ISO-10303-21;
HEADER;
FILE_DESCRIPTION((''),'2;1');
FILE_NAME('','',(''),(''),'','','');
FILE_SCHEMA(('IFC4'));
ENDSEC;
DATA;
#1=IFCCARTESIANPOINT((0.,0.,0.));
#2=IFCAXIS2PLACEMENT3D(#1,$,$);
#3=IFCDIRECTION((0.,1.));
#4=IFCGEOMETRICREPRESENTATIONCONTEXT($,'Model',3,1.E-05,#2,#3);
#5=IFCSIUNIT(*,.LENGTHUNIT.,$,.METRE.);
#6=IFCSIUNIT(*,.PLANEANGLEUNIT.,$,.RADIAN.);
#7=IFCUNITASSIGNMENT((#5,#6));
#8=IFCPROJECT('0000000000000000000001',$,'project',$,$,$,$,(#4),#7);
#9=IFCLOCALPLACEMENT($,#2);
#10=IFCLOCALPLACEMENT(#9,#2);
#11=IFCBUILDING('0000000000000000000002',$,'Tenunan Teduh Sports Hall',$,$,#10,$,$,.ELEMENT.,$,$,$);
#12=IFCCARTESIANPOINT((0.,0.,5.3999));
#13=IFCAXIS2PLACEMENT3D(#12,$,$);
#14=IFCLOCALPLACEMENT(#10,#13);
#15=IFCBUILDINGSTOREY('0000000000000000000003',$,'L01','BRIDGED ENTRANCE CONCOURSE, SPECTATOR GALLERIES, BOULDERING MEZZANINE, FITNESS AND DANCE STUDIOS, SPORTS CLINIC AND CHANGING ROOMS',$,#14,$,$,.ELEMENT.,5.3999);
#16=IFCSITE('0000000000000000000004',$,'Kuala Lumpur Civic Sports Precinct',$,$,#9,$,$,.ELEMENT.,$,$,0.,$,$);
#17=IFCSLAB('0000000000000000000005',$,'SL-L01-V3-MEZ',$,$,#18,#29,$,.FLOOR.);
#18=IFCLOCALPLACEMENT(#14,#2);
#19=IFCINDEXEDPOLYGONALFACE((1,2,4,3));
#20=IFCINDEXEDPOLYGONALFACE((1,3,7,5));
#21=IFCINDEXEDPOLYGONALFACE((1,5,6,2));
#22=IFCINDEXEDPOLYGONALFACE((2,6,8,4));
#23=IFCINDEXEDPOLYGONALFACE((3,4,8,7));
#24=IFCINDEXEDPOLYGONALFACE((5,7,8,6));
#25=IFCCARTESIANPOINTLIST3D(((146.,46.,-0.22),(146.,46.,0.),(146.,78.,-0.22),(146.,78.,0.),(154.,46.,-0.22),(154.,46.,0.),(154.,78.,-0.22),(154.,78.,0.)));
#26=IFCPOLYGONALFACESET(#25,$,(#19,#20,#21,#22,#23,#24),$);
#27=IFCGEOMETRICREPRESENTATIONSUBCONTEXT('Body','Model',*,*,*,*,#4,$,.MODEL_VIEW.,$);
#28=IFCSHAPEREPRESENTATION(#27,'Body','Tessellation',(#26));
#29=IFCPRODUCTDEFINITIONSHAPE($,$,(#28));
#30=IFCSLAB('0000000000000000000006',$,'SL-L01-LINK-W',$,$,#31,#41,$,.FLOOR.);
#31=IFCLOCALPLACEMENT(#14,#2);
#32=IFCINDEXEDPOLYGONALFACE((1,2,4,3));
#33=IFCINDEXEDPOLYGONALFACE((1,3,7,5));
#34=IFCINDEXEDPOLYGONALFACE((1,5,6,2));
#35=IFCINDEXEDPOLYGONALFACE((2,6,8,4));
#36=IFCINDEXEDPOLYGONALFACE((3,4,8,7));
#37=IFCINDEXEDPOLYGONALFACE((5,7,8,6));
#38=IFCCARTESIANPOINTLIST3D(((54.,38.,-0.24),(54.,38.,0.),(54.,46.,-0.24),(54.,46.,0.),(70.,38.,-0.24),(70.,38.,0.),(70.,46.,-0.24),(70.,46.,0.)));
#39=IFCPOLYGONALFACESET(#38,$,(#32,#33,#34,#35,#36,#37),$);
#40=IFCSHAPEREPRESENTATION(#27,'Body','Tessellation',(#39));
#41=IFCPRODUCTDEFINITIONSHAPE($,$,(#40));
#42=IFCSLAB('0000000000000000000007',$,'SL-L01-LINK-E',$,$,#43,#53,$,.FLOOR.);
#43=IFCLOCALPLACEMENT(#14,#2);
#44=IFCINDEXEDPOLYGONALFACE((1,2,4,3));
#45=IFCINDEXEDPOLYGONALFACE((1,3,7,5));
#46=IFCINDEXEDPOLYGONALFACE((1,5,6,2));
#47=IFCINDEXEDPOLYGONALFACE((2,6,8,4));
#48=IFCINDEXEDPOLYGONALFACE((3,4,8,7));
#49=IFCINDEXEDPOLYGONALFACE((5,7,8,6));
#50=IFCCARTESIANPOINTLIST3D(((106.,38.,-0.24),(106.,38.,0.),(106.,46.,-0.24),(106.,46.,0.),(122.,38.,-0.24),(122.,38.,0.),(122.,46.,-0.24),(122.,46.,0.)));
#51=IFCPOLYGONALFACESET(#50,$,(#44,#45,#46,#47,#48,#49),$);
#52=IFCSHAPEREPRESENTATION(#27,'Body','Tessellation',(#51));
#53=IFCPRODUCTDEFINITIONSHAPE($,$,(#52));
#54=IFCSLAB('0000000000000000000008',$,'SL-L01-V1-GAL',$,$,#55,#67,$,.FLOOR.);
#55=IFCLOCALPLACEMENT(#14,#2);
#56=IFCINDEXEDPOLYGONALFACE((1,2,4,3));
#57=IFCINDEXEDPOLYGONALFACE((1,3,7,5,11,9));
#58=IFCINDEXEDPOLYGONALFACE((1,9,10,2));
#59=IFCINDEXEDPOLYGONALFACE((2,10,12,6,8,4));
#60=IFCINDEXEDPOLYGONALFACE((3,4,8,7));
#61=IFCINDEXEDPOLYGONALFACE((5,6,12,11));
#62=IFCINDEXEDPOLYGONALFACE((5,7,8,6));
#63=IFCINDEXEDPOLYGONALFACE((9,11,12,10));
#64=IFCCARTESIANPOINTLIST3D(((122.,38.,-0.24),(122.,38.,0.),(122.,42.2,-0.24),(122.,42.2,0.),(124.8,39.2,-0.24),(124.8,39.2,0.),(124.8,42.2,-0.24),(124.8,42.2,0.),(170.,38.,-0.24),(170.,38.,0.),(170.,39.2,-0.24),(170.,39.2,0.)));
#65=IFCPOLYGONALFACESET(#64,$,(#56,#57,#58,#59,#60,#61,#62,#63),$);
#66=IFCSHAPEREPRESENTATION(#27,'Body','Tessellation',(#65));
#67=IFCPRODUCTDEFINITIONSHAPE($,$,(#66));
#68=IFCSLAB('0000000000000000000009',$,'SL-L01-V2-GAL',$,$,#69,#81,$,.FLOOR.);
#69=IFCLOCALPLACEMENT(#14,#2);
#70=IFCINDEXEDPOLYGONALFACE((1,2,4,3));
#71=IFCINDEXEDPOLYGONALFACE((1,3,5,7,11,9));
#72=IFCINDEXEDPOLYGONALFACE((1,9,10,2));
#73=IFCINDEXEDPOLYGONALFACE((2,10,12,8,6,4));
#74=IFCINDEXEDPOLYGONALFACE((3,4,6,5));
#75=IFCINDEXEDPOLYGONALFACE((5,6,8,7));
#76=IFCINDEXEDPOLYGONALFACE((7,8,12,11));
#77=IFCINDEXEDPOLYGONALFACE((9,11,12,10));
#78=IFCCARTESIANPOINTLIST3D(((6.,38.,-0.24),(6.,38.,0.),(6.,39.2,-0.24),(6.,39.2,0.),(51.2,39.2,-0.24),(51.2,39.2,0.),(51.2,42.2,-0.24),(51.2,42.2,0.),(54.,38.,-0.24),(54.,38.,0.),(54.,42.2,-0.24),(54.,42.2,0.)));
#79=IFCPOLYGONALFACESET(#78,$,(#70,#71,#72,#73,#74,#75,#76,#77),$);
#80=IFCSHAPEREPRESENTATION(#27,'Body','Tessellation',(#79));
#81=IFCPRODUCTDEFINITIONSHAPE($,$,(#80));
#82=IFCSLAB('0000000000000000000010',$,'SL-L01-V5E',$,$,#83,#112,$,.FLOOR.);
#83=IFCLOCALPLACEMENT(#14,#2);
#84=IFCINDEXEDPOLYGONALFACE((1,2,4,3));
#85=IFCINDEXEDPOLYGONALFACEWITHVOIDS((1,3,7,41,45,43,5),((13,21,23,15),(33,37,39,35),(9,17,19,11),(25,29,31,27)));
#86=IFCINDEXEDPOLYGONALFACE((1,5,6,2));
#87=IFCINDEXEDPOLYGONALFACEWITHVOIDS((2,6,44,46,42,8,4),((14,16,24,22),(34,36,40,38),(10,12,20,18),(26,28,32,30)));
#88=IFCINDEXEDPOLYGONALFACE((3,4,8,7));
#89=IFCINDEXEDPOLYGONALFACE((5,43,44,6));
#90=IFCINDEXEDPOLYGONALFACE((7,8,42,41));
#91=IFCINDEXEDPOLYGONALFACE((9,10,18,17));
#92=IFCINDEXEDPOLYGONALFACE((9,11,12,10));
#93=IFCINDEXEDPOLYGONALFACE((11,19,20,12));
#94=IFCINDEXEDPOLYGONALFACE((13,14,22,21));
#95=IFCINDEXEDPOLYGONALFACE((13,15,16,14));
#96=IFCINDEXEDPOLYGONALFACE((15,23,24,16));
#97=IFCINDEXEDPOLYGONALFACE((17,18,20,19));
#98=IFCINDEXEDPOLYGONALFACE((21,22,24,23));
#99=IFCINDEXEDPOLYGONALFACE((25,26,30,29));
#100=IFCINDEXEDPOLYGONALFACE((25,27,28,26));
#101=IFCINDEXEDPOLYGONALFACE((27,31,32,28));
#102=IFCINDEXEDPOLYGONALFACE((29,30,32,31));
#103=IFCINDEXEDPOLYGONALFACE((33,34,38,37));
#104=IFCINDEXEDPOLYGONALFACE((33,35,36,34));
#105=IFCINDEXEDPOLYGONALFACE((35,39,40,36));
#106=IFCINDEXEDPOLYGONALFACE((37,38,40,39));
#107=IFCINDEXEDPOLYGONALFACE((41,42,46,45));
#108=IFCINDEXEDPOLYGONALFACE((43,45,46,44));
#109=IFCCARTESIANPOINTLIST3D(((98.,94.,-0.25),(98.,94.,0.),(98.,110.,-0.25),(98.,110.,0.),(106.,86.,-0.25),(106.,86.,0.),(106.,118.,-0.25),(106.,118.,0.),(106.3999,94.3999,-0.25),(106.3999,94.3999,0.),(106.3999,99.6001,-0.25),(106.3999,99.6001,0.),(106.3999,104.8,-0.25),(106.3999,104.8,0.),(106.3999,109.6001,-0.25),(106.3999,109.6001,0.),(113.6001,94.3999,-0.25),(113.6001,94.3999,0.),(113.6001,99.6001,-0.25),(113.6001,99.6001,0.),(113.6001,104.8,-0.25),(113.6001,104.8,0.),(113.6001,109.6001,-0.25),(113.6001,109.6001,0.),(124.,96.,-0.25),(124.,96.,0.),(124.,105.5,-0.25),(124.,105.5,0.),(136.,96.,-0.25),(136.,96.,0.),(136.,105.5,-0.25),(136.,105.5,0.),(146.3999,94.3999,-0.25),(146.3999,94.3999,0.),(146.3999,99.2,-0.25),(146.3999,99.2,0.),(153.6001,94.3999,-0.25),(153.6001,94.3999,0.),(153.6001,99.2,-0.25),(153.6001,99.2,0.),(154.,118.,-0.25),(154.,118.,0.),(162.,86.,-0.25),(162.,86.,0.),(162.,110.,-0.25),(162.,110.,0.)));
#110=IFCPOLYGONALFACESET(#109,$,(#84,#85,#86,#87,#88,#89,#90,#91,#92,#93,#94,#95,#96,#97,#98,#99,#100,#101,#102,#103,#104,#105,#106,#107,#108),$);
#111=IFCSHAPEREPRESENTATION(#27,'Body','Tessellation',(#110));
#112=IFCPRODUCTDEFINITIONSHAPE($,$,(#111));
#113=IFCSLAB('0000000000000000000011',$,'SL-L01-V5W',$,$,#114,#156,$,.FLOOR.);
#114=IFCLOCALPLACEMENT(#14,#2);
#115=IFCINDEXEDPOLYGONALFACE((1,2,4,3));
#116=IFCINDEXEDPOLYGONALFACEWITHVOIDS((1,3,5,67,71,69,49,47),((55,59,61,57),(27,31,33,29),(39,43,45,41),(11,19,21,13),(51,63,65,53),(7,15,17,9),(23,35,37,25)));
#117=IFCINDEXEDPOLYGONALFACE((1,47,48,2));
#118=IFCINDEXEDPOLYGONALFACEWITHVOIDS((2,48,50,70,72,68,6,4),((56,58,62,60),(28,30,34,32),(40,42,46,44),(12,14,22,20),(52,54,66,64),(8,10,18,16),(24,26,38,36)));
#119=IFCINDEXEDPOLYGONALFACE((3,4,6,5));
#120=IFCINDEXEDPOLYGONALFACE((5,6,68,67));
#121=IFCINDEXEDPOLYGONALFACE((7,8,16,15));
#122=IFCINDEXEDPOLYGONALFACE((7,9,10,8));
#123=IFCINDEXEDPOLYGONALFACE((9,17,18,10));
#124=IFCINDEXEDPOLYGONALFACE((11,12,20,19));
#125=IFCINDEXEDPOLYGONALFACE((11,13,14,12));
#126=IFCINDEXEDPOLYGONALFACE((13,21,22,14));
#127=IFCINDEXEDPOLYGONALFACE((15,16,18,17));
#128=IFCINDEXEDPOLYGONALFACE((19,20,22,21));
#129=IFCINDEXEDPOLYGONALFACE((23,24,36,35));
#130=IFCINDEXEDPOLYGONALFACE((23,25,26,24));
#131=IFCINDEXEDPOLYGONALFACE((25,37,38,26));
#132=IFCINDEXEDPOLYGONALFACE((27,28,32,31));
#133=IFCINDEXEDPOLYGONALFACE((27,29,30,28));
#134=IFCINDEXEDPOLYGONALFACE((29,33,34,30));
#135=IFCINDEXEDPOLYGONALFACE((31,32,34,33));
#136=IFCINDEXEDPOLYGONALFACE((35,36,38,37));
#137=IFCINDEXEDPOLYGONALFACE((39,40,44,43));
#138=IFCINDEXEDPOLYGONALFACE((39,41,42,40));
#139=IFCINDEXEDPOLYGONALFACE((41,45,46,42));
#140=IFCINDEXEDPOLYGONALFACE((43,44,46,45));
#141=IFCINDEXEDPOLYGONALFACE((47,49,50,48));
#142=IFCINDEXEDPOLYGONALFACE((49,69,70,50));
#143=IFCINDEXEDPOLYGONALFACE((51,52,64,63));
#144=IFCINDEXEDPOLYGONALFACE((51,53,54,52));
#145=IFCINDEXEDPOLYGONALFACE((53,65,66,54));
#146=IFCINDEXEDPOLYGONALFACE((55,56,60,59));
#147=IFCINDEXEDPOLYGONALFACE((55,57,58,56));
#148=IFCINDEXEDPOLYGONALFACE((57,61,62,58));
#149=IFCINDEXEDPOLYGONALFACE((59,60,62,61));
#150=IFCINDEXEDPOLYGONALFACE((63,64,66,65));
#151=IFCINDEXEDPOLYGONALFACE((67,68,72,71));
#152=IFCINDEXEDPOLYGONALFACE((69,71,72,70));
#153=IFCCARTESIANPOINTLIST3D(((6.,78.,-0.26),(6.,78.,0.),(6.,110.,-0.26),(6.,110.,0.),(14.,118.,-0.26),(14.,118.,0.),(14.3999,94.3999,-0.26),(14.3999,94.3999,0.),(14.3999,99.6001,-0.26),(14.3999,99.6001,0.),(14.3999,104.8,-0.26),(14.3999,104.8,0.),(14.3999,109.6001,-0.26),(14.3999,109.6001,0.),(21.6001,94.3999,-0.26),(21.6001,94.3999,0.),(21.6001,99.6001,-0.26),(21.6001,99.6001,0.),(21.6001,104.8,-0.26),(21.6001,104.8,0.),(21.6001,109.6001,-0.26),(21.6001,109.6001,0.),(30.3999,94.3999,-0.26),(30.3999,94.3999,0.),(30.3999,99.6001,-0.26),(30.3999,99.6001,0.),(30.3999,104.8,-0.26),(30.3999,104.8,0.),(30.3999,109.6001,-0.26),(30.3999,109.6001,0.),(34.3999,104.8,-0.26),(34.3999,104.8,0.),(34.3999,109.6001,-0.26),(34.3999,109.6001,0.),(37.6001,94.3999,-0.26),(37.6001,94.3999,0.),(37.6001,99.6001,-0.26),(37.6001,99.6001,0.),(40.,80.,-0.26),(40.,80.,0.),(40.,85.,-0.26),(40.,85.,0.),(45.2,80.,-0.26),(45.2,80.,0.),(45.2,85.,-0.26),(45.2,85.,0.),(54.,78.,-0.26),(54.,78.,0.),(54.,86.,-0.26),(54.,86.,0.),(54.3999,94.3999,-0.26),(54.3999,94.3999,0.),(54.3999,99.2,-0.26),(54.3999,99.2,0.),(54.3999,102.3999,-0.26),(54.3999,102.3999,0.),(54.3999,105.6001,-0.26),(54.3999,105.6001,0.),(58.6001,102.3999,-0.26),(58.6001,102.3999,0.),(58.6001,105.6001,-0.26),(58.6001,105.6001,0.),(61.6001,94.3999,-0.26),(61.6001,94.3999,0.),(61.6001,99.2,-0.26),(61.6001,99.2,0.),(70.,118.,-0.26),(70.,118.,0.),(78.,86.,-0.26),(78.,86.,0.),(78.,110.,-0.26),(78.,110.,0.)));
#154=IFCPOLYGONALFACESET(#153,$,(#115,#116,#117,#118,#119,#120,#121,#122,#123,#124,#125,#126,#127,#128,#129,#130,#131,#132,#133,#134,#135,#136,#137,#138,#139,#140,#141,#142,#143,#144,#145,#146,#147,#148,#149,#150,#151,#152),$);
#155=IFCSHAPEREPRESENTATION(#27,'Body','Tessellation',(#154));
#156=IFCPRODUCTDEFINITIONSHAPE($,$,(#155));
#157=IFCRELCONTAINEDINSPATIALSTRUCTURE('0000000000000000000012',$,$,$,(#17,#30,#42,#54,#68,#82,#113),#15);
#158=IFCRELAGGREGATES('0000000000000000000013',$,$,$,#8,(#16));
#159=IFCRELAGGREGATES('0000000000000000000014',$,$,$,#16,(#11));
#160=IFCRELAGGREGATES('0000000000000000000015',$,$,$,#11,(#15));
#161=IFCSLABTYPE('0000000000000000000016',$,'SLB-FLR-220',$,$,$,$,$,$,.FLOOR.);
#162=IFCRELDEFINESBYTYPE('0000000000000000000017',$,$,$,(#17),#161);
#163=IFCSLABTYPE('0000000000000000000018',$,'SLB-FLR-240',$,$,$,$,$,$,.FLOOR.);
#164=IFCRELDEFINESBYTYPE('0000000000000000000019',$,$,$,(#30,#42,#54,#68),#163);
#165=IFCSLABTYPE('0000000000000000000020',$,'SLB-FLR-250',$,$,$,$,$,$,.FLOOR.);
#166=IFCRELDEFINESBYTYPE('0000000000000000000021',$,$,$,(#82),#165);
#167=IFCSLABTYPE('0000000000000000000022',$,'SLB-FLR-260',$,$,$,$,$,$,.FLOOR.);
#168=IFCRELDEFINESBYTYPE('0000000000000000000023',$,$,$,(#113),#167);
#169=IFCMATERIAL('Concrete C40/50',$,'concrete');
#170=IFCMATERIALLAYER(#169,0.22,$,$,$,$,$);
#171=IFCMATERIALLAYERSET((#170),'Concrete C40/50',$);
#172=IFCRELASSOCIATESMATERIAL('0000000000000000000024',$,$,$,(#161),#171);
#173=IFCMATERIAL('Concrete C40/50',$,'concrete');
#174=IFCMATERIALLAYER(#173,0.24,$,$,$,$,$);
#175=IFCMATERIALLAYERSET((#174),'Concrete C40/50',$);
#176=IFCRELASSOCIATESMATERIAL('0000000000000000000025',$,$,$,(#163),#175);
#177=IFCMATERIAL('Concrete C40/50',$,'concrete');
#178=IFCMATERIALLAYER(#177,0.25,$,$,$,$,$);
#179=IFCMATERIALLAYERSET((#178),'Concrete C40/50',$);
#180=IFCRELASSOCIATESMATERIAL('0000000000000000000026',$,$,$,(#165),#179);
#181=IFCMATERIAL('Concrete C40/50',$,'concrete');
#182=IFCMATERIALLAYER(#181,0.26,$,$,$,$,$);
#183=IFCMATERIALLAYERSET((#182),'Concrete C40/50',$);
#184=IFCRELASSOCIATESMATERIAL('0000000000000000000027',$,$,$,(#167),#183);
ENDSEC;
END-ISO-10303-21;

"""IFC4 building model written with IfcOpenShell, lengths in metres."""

from ifc_helpers import new_model, si_unit, direction, frame, origin, place, context, subcontext, project, spatial, polyline, outline, extrude, material, layer, layer_set, type_object, element, save


model = new_model("IFC4")

# Units and contexts
model_context = context("Model", 3, precision=1e-05, world=origin(), true_north=direction((0.0, 1.0)))
body_context = subcontext(model_context, "Body", "Model", "MODEL_VIEW")
ifc_project = project(units=[si_unit("LENGTHUNIT", "METRE"), si_unit("PLANEANGLEUNIT", "RADIAN")], contexts=[model_context])

# Site, building, storey
site_placement = place(None, origin())
site = spatial("IfcSite", under=ifc_project, at=site_placement, Name="Kuala Lumpur Civic Sports Precinct", CompositionType="ELEMENT", RefElevation=0.0)
building_placement = place(site_placement, origin())
building = spatial("IfcBuilding", under=site, at=building_placement, Name="Tenunan Teduh Sports Hall", CompositionType="ELEMENT")
storey_placement = place(building_placement, frame((0.0, 0.0, 5.3999)))
storey = spatial("IfcBuildingStorey", under=building, at=storey_placement, Name="L01", Description="BRIDGED ENTRANCE CONCOURSE, SPECTATOR GALLERIES, BOULDERING MEZZANINE, FITNESS AND DANCE STUDIOS, SPORTS CLINIC AND CHANGING ROOMS", CompositionType="ELEMENT", Elevation=5.3999)

# Slabs
ifc_material_1 = material(Name="Concrete C40/50", Category="concrete")
ifc_layer_1 = layer(ifc_material_1, 0.22)
ifc_layer_set_1 = layer_set([ifc_layer_1], Name="Concrete C40/50")
slab_type_1 = type_object("IfcSlabType", Name="SLB-FLR-220", PredefinedType="FLOOR", material=ifc_layer_set_1)
slab_1_placement = place(storey_placement, frame((0.0, 0.0, -0.22)))
element("IfcSlab", 1, at=slab_1_placement, inside=storey, type_object=slab_type_1, Name="SL-L01-V3-MEZ", PredefinedType="FLOOR", context=body_context, shape_type="SweptSolid", body=[
    extrude(outline(polyline([(146.0, 46.0), (154.0, 46.0), (154.0, 78.0), (146.0, 78.0), (146.0, 46.0)])), origin(), (0.0, 0.0, 1.0), 0.22),
])
ifc_material_2 = material(Name="Concrete C40/50", Category="concrete")
ifc_layer_2 = layer(ifc_material_2, 0.24)
ifc_layer_set_2 = layer_set([ifc_layer_2], Name="Concrete C40/50")
slab_type_2 = type_object("IfcSlabType", Name="SLB-FLR-240", PredefinedType="FLOOR", material=ifc_layer_set_2)
slab_2_placement = place(storey_placement, frame((0.0, 0.0, -0.24)))
element("IfcSlab", 2, at=slab_2_placement, inside=storey, type_object=slab_type_2, Name="SL-L01-LINK-W", PredefinedType="FLOOR", context=body_context, shape_type="SweptSolid", body=[
    extrude(outline(polyline([(54.0, 38.0), (70.0, 38.0), (70.0, 46.0), (54.0, 46.0), (54.0, 38.0)])), origin(), (0.0, 0.0, 1.0), 0.24),
])
slab_3_placement = place(storey_placement, frame((0.0, 0.0, -0.24)))
element("IfcSlab", 3, at=slab_3_placement, inside=storey, type_object=slab_type_2, Name="SL-L01-LINK-E", PredefinedType="FLOOR", context=body_context, shape_type="SweptSolid", body=[
    extrude(outline(polyline([(106.0, 38.0), (122.0, 38.0), (122.0, 46.0), (106.0, 46.0), (106.0, 38.0)])), origin(), (0.0, 0.0, 1.0), 0.24),
])
slab_4_placement = place(storey_placement, frame((0.0, 0.0, -0.24)))
element("IfcSlab", 4, at=slab_4_placement, inside=storey, type_object=slab_type_2, Name="SL-L01-V1-GAL", PredefinedType="FLOOR", context=body_context, shape_type="SweptSolid", body=[
    extrude(outline(polyline([(122.0, 38.0), (170.0, 38.0), (170.0, 39.2), (124.8, 39.2), (124.8, 42.2), (122.0, 42.2), (122.0, 38.0)])), origin(), (0.0, 0.0, 1.0), 0.24),
])
slab_5_placement = place(storey_placement, frame((0.0, 0.0, -0.24)))
element("IfcSlab", 5, at=slab_5_placement, inside=storey, type_object=slab_type_2, Name="SL-L01-V2-GAL", PredefinedType="FLOOR", context=body_context, shape_type="SweptSolid", body=[
    extrude(outline(polyline([(6.0, 38.0), (54.0, 38.0), (54.0, 42.2), (51.2, 42.2), (51.2, 39.2), (6.0, 39.2), (6.0, 38.0)])), origin(), (0.0, 0.0, 1.0), 0.24),
])
ifc_material_3 = material(Name="Concrete C40/50", Category="concrete")
ifc_layer_3 = layer(ifc_material_3, 0.25)
ifc_layer_set_3 = layer_set([ifc_layer_3], Name="Concrete C40/50")
slab_type_3 = type_object("IfcSlabType", Name="SLB-FLR-250", PredefinedType="FLOOR", material=ifc_layer_set_3)
slab_6_placement = place(storey_placement, frame((0.0, 0.0, -0.25)))
element("IfcSlab", 6, at=slab_6_placement, inside=storey, type_object=slab_type_3, Name="SL-L01-V5E", PredefinedType="FLOOR", context=body_context, shape_type="SweptSolid", body=[
    extrude(outline(polyline([(106.0, 86.0), (162.0, 86.0), (162.0, 110.0), (154.0, 118.0), (106.0, 118.0), (98.0, 110.0), (98.0, 94.0), (106.0, 86.0)]), holes=[polyline([(106.3999, 94.3999), (113.6001, 94.3999), (113.6001, 99.6001), (106.3999, 99.6001), (106.3999, 94.3999)]), polyline([(106.3999, 104.8), (113.6001, 104.8), (113.6001, 109.6001), (106.3999, 109.6001), (106.3999, 104.8)]), polyline([(146.3999, 94.3999), (153.6001, 94.3999), (153.6001, 99.2), (146.3999, 99.2), (146.3999, 94.3999)]), polyline([(124.0, 96.0), (136.0, 96.0), (136.0, 105.5), (124.0, 105.5), (124.0, 96.0)])]), origin(), (0.0, 0.0, 1.0), 0.25),
])
ifc_material_4 = material(Name="Concrete C40/50", Category="concrete")
ifc_layer_4 = layer(ifc_material_4, 0.26)
ifc_layer_set_4 = layer_set([ifc_layer_4], Name="Concrete C40/50")
slab_type_4 = type_object("IfcSlabType", Name="SLB-FLR-260", PredefinedType="FLOOR", material=ifc_layer_set_4)
slab_7_placement = place(storey_placement, frame((0.0, 0.0, -0.26)))
element("IfcSlab", 7, at=slab_7_placement, inside=storey, type_object=slab_type_4, Name="SL-L01-V5W", PredefinedType="FLOOR", context=body_context, shape_type="SweptSolid", body=[
    extrude(outline(polyline([(6.0, 78.0), (54.0, 78.0), (54.0, 86.0), (78.0, 86.0), (78.0, 110.0), (70.0, 118.0), (14.0, 118.0), (6.0, 110.0), (6.0, 78.0)]), holes=[polyline([(14.3999, 94.3999), (21.6001, 94.3999), (21.6001, 99.6001), (14.3999, 99.6001), (14.3999, 94.3999)]), polyline([(14.3999, 104.8), (21.6001, 104.8), (21.6001, 109.6001), (14.3999, 109.6001), (14.3999, 104.8)]), polyline([(30.3999, 94.3999), (37.6001, 94.3999), (37.6001, 99.6001), (30.3999, 99.6001), (30.3999, 94.3999)]), polyline([(30.3999, 104.8), (34.3999, 104.8), (34.3999, 109.6001), (30.3999, 109.6001), (30.3999, 104.8)]), polyline([(54.3999, 94.3999), (61.6001, 94.3999), (61.6001, 99.2), (54.3999, 99.2), (54.3999, 94.3999)]), polyline([(54.3999, 102.3999), (58.6001, 102.3999), (58.6001, 105.6001), (54.3999, 105.6001), (54.3999, 102.3999)]), polyline([(40.0, 80.0), (45.2, 80.0), (45.2, 85.0), (40.0, 85.0), (40.0, 80.0)])]), origin(), (0.0, 0.0, 1.0), 0.26),
])

save(model, "model.ifc")
